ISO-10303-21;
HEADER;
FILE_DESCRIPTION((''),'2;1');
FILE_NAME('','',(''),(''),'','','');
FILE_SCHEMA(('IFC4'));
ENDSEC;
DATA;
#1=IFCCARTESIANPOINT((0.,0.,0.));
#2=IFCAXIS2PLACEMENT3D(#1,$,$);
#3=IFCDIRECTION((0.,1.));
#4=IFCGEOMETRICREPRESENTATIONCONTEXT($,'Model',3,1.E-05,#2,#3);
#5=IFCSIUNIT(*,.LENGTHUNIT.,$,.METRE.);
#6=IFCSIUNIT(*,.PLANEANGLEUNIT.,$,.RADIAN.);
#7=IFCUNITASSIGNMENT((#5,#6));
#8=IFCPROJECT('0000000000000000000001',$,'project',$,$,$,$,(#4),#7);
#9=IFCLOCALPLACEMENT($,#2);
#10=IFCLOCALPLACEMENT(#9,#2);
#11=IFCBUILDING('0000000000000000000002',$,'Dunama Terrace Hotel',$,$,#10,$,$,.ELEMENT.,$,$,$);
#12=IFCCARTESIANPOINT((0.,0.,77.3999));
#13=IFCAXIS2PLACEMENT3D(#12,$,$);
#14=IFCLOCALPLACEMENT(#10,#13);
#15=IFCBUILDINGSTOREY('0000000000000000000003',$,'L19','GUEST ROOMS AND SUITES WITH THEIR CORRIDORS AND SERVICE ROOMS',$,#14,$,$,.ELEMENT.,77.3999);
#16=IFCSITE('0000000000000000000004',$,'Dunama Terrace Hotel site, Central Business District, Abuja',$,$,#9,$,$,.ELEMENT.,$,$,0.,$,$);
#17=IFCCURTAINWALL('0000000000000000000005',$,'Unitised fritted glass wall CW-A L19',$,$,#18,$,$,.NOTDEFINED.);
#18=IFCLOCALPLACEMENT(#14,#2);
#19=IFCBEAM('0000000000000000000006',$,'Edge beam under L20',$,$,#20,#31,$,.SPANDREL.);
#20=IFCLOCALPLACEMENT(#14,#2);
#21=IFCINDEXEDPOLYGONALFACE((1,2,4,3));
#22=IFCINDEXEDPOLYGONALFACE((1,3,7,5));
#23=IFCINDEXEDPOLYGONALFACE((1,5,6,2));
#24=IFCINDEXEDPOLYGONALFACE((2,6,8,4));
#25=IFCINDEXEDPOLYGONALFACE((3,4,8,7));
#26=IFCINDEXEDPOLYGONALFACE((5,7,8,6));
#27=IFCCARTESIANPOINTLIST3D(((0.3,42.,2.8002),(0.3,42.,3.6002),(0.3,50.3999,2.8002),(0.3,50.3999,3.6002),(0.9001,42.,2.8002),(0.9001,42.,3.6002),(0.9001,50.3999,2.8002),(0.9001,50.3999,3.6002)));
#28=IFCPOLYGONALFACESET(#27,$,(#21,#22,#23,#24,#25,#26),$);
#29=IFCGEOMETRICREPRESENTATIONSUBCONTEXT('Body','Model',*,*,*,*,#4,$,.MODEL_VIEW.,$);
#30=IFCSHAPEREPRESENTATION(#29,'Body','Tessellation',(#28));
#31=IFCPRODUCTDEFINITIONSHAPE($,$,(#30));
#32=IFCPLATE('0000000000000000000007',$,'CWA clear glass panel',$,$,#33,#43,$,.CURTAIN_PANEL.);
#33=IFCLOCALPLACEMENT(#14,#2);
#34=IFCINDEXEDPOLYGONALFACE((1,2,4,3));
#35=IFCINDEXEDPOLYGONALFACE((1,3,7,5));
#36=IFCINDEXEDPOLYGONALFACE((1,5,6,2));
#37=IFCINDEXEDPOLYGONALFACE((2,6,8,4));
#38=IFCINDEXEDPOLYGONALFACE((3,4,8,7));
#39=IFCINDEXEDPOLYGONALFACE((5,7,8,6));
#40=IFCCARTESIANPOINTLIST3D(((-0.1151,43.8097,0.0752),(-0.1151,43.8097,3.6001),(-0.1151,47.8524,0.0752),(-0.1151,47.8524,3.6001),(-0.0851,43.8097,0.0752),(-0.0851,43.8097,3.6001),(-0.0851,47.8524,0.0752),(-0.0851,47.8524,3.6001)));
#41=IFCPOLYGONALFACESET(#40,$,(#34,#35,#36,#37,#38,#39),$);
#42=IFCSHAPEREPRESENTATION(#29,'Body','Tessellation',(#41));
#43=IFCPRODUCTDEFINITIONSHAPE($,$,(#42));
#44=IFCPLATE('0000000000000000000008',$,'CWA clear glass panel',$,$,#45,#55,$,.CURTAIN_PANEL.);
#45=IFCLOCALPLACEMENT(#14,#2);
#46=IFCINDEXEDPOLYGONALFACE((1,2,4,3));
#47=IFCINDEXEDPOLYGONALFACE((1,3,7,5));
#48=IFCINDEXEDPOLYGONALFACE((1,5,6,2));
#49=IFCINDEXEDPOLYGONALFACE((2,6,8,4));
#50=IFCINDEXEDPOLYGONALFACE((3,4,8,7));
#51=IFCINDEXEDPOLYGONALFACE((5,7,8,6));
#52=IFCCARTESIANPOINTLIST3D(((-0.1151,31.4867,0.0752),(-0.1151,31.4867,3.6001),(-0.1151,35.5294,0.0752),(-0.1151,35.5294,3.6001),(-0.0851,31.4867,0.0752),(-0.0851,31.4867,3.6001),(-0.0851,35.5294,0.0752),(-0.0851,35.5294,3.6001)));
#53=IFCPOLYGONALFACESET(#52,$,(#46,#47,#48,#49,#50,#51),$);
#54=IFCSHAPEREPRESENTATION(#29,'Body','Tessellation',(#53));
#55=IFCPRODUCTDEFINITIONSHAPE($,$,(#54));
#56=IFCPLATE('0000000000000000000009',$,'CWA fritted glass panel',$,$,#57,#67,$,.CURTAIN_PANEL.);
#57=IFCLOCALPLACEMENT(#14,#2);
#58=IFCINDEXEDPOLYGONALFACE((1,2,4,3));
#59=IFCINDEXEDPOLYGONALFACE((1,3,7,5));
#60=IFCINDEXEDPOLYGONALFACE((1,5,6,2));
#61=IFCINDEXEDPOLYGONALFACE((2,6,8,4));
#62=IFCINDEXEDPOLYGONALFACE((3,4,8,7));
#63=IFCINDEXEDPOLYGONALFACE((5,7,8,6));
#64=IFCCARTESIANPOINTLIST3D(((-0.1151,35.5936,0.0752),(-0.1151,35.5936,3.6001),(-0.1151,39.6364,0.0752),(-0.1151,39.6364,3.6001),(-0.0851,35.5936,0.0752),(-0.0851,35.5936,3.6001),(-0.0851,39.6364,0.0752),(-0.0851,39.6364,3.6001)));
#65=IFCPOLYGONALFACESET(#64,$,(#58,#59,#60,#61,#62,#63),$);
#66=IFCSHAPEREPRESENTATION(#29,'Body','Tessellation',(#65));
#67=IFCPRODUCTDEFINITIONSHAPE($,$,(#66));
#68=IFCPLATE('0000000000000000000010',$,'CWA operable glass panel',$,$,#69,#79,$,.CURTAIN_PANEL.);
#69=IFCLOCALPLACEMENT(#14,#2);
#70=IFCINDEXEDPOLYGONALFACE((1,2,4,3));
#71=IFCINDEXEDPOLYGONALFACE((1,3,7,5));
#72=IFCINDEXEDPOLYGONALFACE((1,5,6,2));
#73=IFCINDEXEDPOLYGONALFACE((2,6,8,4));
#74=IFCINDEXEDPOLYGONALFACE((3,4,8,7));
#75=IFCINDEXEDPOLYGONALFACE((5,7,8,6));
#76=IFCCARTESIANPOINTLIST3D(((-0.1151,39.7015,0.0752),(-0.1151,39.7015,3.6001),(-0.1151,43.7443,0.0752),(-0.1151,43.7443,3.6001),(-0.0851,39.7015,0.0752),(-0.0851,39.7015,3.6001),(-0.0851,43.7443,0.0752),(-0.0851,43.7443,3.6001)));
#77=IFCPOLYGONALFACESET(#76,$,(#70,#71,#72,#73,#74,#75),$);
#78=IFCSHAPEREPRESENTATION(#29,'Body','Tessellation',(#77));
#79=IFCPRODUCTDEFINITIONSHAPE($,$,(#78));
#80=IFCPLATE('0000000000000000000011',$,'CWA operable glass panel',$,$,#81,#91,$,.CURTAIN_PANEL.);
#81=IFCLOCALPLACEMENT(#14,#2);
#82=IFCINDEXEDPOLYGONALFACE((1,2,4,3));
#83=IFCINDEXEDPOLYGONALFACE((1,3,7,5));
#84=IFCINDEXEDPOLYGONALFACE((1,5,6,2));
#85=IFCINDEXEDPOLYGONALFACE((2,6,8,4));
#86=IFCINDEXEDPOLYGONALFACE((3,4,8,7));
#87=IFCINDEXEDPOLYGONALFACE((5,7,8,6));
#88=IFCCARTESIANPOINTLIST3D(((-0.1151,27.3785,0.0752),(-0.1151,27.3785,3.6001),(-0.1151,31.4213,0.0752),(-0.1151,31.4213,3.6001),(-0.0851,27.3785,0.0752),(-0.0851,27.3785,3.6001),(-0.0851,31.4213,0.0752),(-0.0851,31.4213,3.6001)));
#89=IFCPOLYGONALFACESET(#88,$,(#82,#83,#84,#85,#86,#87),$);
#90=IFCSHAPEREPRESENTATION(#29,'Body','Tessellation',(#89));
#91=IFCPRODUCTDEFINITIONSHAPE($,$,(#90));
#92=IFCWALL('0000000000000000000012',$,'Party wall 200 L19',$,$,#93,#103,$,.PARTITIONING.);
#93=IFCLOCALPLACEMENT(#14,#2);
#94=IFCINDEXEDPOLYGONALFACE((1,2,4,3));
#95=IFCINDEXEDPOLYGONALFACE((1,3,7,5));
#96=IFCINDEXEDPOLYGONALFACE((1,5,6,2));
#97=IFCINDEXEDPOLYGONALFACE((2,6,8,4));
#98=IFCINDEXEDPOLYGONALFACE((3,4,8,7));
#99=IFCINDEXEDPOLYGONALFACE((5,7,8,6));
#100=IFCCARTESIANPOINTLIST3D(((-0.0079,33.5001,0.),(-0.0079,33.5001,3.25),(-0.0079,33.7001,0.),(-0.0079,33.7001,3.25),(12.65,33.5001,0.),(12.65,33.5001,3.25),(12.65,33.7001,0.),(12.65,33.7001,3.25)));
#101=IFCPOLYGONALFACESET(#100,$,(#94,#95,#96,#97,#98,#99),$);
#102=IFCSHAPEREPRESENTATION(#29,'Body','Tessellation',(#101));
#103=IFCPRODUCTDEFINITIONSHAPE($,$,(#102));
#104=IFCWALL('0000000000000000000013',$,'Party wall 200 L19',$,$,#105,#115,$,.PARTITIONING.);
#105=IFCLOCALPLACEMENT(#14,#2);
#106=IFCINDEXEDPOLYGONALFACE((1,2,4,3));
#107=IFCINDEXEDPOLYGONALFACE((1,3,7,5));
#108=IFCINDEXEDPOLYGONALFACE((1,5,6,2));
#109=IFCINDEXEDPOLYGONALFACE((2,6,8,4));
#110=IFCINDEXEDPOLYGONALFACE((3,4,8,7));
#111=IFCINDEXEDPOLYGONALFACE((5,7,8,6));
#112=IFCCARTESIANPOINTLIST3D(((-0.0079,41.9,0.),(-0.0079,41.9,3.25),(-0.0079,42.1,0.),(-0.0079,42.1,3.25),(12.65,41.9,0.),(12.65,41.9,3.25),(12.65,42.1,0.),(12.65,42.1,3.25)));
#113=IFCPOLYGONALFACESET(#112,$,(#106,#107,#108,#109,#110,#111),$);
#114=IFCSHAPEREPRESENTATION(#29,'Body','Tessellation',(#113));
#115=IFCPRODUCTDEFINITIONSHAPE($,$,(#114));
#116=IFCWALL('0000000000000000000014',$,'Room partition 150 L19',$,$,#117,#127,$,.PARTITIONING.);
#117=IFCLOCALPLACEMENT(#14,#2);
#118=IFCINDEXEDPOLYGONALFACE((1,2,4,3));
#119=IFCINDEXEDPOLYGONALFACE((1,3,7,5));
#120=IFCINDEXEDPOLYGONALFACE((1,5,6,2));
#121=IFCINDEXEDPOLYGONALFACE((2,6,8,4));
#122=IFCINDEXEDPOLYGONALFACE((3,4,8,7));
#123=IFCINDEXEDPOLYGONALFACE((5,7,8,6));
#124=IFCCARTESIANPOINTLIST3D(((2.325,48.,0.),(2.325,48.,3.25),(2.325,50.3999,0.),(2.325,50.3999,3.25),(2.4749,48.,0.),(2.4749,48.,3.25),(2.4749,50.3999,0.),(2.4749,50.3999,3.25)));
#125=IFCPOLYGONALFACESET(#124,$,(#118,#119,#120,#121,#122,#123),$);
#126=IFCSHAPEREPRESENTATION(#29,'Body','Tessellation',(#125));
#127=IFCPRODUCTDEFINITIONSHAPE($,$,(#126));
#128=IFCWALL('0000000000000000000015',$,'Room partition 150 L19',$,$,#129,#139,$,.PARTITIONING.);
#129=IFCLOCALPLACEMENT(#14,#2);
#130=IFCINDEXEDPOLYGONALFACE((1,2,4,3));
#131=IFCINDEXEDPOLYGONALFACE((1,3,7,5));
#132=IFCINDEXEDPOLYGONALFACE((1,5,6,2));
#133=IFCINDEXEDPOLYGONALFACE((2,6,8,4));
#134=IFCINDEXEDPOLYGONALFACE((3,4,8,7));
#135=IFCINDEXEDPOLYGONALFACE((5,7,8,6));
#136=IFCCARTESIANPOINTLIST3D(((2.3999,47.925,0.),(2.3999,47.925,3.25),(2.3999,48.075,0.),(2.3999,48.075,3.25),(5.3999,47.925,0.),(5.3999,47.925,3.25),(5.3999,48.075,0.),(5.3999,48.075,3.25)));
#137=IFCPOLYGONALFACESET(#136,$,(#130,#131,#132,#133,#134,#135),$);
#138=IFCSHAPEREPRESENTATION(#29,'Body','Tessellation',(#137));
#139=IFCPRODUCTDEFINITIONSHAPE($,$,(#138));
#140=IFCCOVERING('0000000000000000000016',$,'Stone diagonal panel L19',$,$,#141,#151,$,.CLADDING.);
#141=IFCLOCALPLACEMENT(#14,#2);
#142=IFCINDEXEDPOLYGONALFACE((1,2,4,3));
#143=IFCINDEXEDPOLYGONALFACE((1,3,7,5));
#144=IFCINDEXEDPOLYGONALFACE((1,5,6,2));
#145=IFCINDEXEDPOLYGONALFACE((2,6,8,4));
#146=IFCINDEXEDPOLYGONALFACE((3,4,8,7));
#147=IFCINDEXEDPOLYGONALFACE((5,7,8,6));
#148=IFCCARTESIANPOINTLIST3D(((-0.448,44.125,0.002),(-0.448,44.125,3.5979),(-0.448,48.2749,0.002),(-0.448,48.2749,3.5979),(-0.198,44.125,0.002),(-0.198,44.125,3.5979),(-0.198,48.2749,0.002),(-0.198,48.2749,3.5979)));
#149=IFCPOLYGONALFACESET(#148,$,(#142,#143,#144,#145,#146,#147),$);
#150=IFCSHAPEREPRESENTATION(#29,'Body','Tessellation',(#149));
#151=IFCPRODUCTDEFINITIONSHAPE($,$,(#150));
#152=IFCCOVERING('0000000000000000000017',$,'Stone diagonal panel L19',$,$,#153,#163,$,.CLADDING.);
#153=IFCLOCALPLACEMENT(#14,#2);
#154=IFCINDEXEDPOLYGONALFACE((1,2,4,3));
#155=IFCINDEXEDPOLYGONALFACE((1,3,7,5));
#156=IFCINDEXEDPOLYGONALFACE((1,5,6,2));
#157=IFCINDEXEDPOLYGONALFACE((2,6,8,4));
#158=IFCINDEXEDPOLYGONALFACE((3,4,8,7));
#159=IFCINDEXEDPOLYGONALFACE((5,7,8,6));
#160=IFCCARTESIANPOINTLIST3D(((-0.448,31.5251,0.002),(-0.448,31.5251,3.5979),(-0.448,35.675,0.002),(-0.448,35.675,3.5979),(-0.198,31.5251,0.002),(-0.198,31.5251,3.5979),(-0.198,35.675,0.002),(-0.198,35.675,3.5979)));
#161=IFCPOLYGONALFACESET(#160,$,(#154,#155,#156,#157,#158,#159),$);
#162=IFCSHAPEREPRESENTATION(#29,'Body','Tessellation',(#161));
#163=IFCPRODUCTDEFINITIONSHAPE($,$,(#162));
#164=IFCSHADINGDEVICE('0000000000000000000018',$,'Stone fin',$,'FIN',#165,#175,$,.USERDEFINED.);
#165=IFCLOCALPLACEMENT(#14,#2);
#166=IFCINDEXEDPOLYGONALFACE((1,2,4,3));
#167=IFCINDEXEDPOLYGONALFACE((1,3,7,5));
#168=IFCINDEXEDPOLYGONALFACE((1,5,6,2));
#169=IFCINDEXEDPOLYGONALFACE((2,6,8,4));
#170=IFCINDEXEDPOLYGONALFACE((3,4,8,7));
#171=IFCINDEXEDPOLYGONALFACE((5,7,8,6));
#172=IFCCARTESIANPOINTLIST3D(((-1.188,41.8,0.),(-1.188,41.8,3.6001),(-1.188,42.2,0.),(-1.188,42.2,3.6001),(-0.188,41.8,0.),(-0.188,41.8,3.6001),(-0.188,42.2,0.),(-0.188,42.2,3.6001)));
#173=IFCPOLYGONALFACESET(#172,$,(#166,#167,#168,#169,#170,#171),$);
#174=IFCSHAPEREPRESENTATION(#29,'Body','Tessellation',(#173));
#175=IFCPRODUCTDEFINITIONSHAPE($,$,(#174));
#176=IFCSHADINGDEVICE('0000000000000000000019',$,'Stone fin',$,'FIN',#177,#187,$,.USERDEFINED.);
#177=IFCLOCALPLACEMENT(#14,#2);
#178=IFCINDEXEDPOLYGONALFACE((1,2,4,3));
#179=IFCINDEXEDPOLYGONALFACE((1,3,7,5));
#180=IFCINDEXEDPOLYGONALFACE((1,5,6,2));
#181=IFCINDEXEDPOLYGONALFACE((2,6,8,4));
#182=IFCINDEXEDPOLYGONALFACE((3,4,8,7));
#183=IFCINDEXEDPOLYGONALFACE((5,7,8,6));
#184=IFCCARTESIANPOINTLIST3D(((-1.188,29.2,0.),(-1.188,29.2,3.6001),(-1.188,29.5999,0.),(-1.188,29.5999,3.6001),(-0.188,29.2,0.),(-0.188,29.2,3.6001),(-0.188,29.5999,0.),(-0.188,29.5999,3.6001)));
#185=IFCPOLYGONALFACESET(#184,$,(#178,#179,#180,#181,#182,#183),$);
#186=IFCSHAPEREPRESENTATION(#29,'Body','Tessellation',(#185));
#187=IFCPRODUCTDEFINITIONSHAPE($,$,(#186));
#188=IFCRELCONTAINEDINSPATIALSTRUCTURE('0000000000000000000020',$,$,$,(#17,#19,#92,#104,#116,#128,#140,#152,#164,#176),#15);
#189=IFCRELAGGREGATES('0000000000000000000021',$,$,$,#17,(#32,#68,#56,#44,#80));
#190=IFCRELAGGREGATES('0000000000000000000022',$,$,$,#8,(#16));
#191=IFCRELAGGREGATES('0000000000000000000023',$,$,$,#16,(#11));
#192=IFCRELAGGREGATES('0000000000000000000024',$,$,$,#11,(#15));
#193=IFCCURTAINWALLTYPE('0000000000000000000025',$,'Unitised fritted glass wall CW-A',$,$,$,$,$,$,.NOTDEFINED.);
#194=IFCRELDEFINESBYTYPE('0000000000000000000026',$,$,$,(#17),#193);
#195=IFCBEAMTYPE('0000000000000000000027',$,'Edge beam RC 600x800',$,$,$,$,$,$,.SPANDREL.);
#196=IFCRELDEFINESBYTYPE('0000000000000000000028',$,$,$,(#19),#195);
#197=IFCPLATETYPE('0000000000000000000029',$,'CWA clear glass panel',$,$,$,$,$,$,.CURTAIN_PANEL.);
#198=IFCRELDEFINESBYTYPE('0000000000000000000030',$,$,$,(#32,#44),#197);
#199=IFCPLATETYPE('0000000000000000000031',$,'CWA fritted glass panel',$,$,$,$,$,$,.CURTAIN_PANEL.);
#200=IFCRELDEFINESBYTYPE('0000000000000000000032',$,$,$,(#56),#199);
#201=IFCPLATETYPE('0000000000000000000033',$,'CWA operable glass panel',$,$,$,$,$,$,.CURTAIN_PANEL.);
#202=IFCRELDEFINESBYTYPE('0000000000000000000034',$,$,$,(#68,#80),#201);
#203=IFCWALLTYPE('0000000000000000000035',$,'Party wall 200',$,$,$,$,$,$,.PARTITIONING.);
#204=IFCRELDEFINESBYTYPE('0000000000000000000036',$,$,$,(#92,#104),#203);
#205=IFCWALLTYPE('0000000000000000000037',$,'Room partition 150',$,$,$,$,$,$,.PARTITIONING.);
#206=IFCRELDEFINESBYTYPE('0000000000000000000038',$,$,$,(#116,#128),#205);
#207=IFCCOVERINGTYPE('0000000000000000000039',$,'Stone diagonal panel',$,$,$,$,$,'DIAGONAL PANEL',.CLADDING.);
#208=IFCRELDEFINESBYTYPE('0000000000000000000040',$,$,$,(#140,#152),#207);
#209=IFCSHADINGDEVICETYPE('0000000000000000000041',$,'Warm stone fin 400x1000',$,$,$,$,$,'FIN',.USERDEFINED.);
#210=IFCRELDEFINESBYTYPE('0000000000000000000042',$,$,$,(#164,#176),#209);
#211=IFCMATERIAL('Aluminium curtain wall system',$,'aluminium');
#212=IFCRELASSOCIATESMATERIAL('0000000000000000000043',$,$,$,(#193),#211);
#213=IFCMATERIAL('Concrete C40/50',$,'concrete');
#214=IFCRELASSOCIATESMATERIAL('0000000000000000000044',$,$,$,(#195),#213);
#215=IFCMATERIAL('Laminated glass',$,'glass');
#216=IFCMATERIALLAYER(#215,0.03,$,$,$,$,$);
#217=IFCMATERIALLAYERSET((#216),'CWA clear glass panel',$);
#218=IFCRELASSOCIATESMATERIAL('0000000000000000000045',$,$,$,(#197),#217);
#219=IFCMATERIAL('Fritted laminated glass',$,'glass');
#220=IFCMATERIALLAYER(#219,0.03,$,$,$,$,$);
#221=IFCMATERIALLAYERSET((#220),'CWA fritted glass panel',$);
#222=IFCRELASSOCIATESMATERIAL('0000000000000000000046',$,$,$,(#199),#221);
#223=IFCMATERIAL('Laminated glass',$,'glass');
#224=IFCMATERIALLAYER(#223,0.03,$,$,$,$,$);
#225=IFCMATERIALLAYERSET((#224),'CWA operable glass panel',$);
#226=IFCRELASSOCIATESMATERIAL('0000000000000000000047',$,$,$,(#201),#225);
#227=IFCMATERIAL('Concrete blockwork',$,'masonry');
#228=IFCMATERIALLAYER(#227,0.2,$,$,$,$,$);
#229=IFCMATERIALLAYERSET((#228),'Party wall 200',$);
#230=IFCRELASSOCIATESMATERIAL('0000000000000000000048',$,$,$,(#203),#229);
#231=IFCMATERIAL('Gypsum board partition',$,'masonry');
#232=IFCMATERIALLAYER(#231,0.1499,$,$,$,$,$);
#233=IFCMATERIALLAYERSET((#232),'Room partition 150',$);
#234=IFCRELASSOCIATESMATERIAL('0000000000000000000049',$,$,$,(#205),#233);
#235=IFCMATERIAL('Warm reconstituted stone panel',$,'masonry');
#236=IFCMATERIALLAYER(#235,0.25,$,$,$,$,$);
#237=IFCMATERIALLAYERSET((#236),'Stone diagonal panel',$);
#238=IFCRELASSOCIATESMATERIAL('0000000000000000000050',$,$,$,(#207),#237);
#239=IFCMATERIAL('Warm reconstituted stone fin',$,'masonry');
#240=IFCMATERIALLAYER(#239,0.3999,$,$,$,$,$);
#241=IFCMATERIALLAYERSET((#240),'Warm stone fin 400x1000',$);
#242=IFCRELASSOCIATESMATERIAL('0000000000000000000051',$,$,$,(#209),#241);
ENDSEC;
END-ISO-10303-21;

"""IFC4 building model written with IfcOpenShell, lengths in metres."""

from ifc_helpers import new_model, si_unit, direction, frame, frame_2d, origin, origin_2d, place, context, subcontext, project, spatial, rectangle, extrude, material, layer, layer_set, material_profile, profile_set, type_object, element, aggregate, save


model = new_model("IFC4")

# Units and contexts
model_context = context("Model", 3, precision=1e-05, world=origin(), true_north=direction((0.0, 1.0)))
body_context = subcontext(model_context, "Body", "Model", "MODEL_VIEW")
ifc_project = project(units=[si_unit("LENGTHUNIT", "METRE"), si_unit("PLANEANGLEUNIT", "RADIAN")], contexts=[model_context])

# Site, building, storey
site_placement = place(None, origin())
site = spatial("IfcSite", under=ifc_project, at=site_placement, Name="Dunama Terrace Hotel site, Central Business District, Abuja", CompositionType="ELEMENT", RefElevation=0.0)
building_placement = place(site_placement, origin())
building = spatial("IfcBuilding", under=site, at=building_placement, Name="Dunama Terrace Hotel", CompositionType="ELEMENT")
storey_placement = place(building_placement, frame((0.0, 0.0, 77.3999)))
storey = spatial("IfcBuildingStorey", under=building, at=storey_placement, Name="L19", Description="GUEST ROOMS AND SUITES WITH THEIR CORRIDORS AND SERVICE ROOMS", CompositionType="ELEMENT", Elevation=77.3999)

# Curtain wall
ifc_material_1 = material(Name="Aluminium curtain wall system", Category="aluminium")
curtain_wall_type = type_object("IfcCurtainWallType", Name="Unitised fritted glass wall CW-A", PredefinedType="NOTDEFINED", material=ifc_material_1)
curtain_wall_placement = place(storey_placement, origin())
curtain_wall = element("IfcCurtainWall", 1, at=curtain_wall_placement, inside=storey, type_object=curtain_wall_type, Name="Unitised fritted glass wall CW-A L19", PredefinedType="NOTDEFINED")

# Beam
ifc_material_2 = material(Name="Concrete C40/50", Category="concrete")
ifc_material_profile_1 = material_profile(ifc_material_2, rectangle(XDim=0.6001, YDim=0.8, at=origin_2d()), Name="RC 600x800")
ifc_profile_set_1 = profile_set([ifc_material_profile_1], Name="Concrete C40/50")
beam_type = type_object("IfcBeamType", Name="Edge beam RC 600x800", PredefinedType="SPANDREL", material=ifc_profile_set_1)
for number, where, z_axis, x_axis, name in (
    (2, (0.6001, 42.0, 3.2002), (0.0, 1.0, 0.0), (-1.0, 0.0, 0.0), "Edge beam under L20"),
):
    element("IfcBeam", number, at=place(storey_placement, frame(where, z_axis=z_axis, x_axis=x_axis)), inside=storey, type_object=beam_type, Name=name, PredefinedType="SPANDREL", context=body_context, shape_type="SweptSolid", body=[
        extrude(rectangle(XDim=0.6001, YDim=0.8, at=origin_2d()), origin(), (0.0, 0.0, 1.0), 8.3999),
    ])

# Plates
ifc_material_3 = material(Name="Laminated glass", Category="glass")
ifc_layer_1 = layer(ifc_material_3, 0.03)
ifc_layer_set_1 = layer_set([ifc_layer_1], Name="CWA clear glass panel")
plate_type_1 = type_object("IfcPlateType", Name="CWA clear glass panel", PredefinedType="CURTAIN_PANEL", material=ifc_layer_set_1)
plate_1_placement = place(storey_placement, frame((-0.1001, 45.8311, 0.0752), z_axis=(0.0, 0.0, 1.0), x_axis=(0.0, -1.0, 0.0)))
plate_1 = element("IfcPlate", 3, at=plate_1_placement, type_object=plate_type_1, Name="CWA clear glass panel", PredefinedType="CURTAIN_PANEL", context=body_context, shape_type="SweptSolid", body=[
    extrude(rectangle(XDim=4.0427, YDim=0.03, at=origin_2d()), origin(), (0.0, 0.0, 1.0), 3.5249),
])
plate_2_placement = place(storey_placement, frame((-0.1001, 33.5081, 0.0752), z_axis=(0.0, 0.0, 1.0), x_axis=(0.0, -1.0, 0.0)))
plate_2 = element("IfcPlate", 4, at=plate_2_placement, type_object=plate_type_1, Name="CWA clear glass panel", PredefinedType="CURTAIN_PANEL", context=body_context, shape_type="SweptSolid", body=[
    extrude(rectangle(XDim=4.0427, YDim=0.03, at=origin_2d()), origin(), (0.0, 0.0, 1.0), 3.5249),
])
ifc_material_4 = material(Name="Fritted laminated glass", Category="glass")
ifc_layer_2 = layer(ifc_material_4, 0.03)
ifc_layer_set_2 = layer_set([ifc_layer_2], Name="CWA fritted glass panel")
plate_type_2 = type_object("IfcPlateType", Name="CWA fritted glass panel", PredefinedType="CURTAIN_PANEL", material=ifc_layer_set_2)
plate_3_placement = place(storey_placement, frame((-0.1001, 37.615, 0.0752), z_axis=(0.0, 0.0, 1.0), x_axis=(0.0, -1.0, 0.0)))
plate_3 = element("IfcPlate", 5, at=plate_3_placement, type_object=plate_type_2, Name="CWA fritted glass panel", PredefinedType="CURTAIN_PANEL", context=body_context, shape_type="SweptSolid", body=[
    extrude(rectangle(XDim=4.0427, YDim=0.03, at=origin_2d()), origin(), (0.0, 0.0, 1.0), 3.5249),
])
ifc_material_5 = material(Name="Laminated glass", Category="glass")
ifc_layer_3 = layer(ifc_material_5, 0.03)
ifc_layer_set_3 = layer_set([ifc_layer_3], Name="CWA operable glass panel")
plate_type_3 = type_object("IfcPlateType", Name="CWA operable glass panel", PredefinedType="CURTAIN_PANEL", material=ifc_layer_set_3)
plate_4_placement = place(storey_placement, frame((-0.1001, 41.7229, 0.0752), z_axis=(0.0, 0.0, 1.0), x_axis=(0.0, -1.0, 0.0)))
plate_4 = element("IfcPlate", 6, at=plate_4_placement, type_object=plate_type_3, Name="CWA operable glass panel", PredefinedType="CURTAIN_PANEL", context=body_context, shape_type="SweptSolid", body=[
    extrude(rectangle(XDim=4.0427, YDim=0.03, at=origin_2d()), origin(), (0.0, 0.0, 1.0), 3.5249),
])
plate_5_placement = place(storey_placement, frame((-0.1001, 29.3999, 0.0752), z_axis=(0.0, 0.0, 1.0), x_axis=(0.0, -1.0, 0.0)))
plate_5 = element("IfcPlate", 7, at=plate_5_placement, type_object=plate_type_3, Name="CWA operable glass panel", PredefinedType="CURTAIN_PANEL", context=body_context, shape_type="SweptSolid", body=[
    extrude(rectangle(XDim=4.0427, YDim=0.03, at=origin_2d()), origin(), (0.0, 0.0, 1.0), 3.5249),
])
aggregate(curtain_wall, [plate_1, plate_4, plate_3, plate_2, plate_5])

# Walls
ifc_material_6 = material(Name="Concrete blockwork", Category="masonry")
ifc_layer_4 = layer(ifc_material_6, 0.2)
ifc_layer_set_4 = layer_set([ifc_layer_4], Name="Party wall 200")
wall_type_1 = type_object("IfcWallType", Name="Party wall 200", PredefinedType="PARTITIONING", material=ifc_layer_set_4)
for number, where, z_axis, x_axis, name in (
    (8, (-0.0081, 33.6001, 0.0), (0.0, 0.0, 1.0), (1.0, 0.0, 0.0), "Party wall 200 L19"),
    (9, (-0.0081, 42.0, 0.0), (0.0, 0.0, 1.0), (1.0, 0.0, 0.0), "Party wall 200 L19"),
):
    element("IfcWall", number, at=place(storey_placement, frame(where, z_axis=z_axis, x_axis=x_axis)), inside=storey, type_object=wall_type_1, Name=name, PredefinedType="PARTITIONING", context=body_context, shape_type="SweptSolid", body=[
        extrude(rectangle(XDim=12.658, YDim=0.2, at=frame_2d((6.3291, 0.0))), origin(), (0.0, 0.0, 1.0), 3.25),
    ])
ifc_material_7 = material(Name="Gypsum board partition", Category="masonry")
ifc_layer_5 = layer(ifc_material_7, 0.1499)
ifc_layer_set_5 = layer_set([ifc_layer_5], Name="Room partition 150")
wall_type_2 = type_object("IfcWallType", Name="Room partition 150", PredefinedType="PARTITIONING", material=ifc_layer_set_5)
wall_1_placement = place(storey_placement, frame((2.3999, 48.0, 0.0), z_axis=(0.0, 0.0, 1.0), x_axis=(0.0, 1.0, 0.0)))
element("IfcWall", 10, at=wall_1_placement, inside=storey, type_object=wall_type_2, Name="Room partition 150 L19", PredefinedType="PARTITIONING", context=body_context, shape_type="SweptSolid", body=[
    extrude(rectangle(XDim=2.3999, YDim=0.1499, at=frame_2d((1.2, 0.0))), origin(), (0.0, 0.0, 1.0), 3.25),
])
wall_2_placement = place(storey_placement, frame((2.3999, 48.0, 0.0), z_axis=(0.0, 0.0, 1.0), x_axis=(1.0, 0.0, 0.0)))
element("IfcWall", 11, at=wall_2_placement, inside=storey, type_object=wall_type_2, Name="Room partition 150 L19", PredefinedType="PARTITIONING", context=body_context, shape_type="SweptSolid", body=[
    extrude(rectangle(XDim=3.0, YDim=0.1499, at=frame_2d((1.5, 0.0))), origin(), (0.0, 0.0, 1.0), 3.25),
])

# Coverings
ifc_material_8 = material(Name="Warm reconstituted stone panel", Category="masonry")
ifc_layer_6 = layer(ifc_material_8, 0.25)
ifc_layer_set_6 = layer_set([ifc_layer_6], Name="Stone diagonal panel")
covering_type = type_object("IfcCoveringType", Name="Stone diagonal panel", ElementType="DIAGONAL PANEL", PredefinedType="CLADDING", material=ifc_layer_set_6)
for number, where, z_axis, x_axis, name in (
    (12, (-0.323, 46.2, 0.002), (0.0, 0.0, 1.0), (0.0, -1.0, 0.0), "Stone diagonal panel L19"),
    (13, (-0.323, 33.6001, 0.002), (0.0, 0.0, 1.0), (0.0, -1.0, 0.0), "Stone diagonal panel L19"),
):
    element("IfcCovering", number, at=place(storey_placement, frame(where, z_axis=z_axis, x_axis=x_axis)), inside=storey, type_object=covering_type, Name=name, PredefinedType="CLADDING", context=body_context, shape_type="SweptSolid", body=[
        extrude(rectangle(XDim=4.1499, YDim=0.25, at=origin_2d()), origin(), (0.0, 0.0, 1.0), 3.5959),
    ])

# Shading devices
ifc_material_9 = material(Name="Warm reconstituted stone fin", Category="masonry")
ifc_layer_7 = layer(ifc_material_9, 0.3999)
ifc_layer_set_7 = layer_set([ifc_layer_7], Name="Warm stone fin 400x1000")
shading_device_type = type_object("IfcShadingDeviceType", Name="Warm stone fin 400x1000", ElementType="FIN", PredefinedType="USERDEFINED", material=ifc_layer_set_7)
for number, where, z_axis, x_axis, name in (
    (14, (-0.688, 42.0, 0.0), (0.0, 0.0, 1.0), (0.0, -1.0, 0.0), "Stone fin"),
    (15, (-0.688, 29.3999, 0.0), (0.0, 0.0, 1.0), (0.0, -1.0, 0.0), "Stone fin"),
):
    element("IfcShadingDevice", number, at=place(storey_placement, frame(where, z_axis=z_axis, x_axis=x_axis)), inside=storey, type_object=shading_device_type, Name=name, ObjectType="FIN", PredefinedType="USERDEFINED", context=body_context, shape_type="SweptSolid", body=[
        extrude(rectangle(XDim=0.3999, YDim=1.0, at=origin_2d()), origin(), (0.0, 0.0, 1.0), 3.6001),
    ])

save(model, "model.ifc")
